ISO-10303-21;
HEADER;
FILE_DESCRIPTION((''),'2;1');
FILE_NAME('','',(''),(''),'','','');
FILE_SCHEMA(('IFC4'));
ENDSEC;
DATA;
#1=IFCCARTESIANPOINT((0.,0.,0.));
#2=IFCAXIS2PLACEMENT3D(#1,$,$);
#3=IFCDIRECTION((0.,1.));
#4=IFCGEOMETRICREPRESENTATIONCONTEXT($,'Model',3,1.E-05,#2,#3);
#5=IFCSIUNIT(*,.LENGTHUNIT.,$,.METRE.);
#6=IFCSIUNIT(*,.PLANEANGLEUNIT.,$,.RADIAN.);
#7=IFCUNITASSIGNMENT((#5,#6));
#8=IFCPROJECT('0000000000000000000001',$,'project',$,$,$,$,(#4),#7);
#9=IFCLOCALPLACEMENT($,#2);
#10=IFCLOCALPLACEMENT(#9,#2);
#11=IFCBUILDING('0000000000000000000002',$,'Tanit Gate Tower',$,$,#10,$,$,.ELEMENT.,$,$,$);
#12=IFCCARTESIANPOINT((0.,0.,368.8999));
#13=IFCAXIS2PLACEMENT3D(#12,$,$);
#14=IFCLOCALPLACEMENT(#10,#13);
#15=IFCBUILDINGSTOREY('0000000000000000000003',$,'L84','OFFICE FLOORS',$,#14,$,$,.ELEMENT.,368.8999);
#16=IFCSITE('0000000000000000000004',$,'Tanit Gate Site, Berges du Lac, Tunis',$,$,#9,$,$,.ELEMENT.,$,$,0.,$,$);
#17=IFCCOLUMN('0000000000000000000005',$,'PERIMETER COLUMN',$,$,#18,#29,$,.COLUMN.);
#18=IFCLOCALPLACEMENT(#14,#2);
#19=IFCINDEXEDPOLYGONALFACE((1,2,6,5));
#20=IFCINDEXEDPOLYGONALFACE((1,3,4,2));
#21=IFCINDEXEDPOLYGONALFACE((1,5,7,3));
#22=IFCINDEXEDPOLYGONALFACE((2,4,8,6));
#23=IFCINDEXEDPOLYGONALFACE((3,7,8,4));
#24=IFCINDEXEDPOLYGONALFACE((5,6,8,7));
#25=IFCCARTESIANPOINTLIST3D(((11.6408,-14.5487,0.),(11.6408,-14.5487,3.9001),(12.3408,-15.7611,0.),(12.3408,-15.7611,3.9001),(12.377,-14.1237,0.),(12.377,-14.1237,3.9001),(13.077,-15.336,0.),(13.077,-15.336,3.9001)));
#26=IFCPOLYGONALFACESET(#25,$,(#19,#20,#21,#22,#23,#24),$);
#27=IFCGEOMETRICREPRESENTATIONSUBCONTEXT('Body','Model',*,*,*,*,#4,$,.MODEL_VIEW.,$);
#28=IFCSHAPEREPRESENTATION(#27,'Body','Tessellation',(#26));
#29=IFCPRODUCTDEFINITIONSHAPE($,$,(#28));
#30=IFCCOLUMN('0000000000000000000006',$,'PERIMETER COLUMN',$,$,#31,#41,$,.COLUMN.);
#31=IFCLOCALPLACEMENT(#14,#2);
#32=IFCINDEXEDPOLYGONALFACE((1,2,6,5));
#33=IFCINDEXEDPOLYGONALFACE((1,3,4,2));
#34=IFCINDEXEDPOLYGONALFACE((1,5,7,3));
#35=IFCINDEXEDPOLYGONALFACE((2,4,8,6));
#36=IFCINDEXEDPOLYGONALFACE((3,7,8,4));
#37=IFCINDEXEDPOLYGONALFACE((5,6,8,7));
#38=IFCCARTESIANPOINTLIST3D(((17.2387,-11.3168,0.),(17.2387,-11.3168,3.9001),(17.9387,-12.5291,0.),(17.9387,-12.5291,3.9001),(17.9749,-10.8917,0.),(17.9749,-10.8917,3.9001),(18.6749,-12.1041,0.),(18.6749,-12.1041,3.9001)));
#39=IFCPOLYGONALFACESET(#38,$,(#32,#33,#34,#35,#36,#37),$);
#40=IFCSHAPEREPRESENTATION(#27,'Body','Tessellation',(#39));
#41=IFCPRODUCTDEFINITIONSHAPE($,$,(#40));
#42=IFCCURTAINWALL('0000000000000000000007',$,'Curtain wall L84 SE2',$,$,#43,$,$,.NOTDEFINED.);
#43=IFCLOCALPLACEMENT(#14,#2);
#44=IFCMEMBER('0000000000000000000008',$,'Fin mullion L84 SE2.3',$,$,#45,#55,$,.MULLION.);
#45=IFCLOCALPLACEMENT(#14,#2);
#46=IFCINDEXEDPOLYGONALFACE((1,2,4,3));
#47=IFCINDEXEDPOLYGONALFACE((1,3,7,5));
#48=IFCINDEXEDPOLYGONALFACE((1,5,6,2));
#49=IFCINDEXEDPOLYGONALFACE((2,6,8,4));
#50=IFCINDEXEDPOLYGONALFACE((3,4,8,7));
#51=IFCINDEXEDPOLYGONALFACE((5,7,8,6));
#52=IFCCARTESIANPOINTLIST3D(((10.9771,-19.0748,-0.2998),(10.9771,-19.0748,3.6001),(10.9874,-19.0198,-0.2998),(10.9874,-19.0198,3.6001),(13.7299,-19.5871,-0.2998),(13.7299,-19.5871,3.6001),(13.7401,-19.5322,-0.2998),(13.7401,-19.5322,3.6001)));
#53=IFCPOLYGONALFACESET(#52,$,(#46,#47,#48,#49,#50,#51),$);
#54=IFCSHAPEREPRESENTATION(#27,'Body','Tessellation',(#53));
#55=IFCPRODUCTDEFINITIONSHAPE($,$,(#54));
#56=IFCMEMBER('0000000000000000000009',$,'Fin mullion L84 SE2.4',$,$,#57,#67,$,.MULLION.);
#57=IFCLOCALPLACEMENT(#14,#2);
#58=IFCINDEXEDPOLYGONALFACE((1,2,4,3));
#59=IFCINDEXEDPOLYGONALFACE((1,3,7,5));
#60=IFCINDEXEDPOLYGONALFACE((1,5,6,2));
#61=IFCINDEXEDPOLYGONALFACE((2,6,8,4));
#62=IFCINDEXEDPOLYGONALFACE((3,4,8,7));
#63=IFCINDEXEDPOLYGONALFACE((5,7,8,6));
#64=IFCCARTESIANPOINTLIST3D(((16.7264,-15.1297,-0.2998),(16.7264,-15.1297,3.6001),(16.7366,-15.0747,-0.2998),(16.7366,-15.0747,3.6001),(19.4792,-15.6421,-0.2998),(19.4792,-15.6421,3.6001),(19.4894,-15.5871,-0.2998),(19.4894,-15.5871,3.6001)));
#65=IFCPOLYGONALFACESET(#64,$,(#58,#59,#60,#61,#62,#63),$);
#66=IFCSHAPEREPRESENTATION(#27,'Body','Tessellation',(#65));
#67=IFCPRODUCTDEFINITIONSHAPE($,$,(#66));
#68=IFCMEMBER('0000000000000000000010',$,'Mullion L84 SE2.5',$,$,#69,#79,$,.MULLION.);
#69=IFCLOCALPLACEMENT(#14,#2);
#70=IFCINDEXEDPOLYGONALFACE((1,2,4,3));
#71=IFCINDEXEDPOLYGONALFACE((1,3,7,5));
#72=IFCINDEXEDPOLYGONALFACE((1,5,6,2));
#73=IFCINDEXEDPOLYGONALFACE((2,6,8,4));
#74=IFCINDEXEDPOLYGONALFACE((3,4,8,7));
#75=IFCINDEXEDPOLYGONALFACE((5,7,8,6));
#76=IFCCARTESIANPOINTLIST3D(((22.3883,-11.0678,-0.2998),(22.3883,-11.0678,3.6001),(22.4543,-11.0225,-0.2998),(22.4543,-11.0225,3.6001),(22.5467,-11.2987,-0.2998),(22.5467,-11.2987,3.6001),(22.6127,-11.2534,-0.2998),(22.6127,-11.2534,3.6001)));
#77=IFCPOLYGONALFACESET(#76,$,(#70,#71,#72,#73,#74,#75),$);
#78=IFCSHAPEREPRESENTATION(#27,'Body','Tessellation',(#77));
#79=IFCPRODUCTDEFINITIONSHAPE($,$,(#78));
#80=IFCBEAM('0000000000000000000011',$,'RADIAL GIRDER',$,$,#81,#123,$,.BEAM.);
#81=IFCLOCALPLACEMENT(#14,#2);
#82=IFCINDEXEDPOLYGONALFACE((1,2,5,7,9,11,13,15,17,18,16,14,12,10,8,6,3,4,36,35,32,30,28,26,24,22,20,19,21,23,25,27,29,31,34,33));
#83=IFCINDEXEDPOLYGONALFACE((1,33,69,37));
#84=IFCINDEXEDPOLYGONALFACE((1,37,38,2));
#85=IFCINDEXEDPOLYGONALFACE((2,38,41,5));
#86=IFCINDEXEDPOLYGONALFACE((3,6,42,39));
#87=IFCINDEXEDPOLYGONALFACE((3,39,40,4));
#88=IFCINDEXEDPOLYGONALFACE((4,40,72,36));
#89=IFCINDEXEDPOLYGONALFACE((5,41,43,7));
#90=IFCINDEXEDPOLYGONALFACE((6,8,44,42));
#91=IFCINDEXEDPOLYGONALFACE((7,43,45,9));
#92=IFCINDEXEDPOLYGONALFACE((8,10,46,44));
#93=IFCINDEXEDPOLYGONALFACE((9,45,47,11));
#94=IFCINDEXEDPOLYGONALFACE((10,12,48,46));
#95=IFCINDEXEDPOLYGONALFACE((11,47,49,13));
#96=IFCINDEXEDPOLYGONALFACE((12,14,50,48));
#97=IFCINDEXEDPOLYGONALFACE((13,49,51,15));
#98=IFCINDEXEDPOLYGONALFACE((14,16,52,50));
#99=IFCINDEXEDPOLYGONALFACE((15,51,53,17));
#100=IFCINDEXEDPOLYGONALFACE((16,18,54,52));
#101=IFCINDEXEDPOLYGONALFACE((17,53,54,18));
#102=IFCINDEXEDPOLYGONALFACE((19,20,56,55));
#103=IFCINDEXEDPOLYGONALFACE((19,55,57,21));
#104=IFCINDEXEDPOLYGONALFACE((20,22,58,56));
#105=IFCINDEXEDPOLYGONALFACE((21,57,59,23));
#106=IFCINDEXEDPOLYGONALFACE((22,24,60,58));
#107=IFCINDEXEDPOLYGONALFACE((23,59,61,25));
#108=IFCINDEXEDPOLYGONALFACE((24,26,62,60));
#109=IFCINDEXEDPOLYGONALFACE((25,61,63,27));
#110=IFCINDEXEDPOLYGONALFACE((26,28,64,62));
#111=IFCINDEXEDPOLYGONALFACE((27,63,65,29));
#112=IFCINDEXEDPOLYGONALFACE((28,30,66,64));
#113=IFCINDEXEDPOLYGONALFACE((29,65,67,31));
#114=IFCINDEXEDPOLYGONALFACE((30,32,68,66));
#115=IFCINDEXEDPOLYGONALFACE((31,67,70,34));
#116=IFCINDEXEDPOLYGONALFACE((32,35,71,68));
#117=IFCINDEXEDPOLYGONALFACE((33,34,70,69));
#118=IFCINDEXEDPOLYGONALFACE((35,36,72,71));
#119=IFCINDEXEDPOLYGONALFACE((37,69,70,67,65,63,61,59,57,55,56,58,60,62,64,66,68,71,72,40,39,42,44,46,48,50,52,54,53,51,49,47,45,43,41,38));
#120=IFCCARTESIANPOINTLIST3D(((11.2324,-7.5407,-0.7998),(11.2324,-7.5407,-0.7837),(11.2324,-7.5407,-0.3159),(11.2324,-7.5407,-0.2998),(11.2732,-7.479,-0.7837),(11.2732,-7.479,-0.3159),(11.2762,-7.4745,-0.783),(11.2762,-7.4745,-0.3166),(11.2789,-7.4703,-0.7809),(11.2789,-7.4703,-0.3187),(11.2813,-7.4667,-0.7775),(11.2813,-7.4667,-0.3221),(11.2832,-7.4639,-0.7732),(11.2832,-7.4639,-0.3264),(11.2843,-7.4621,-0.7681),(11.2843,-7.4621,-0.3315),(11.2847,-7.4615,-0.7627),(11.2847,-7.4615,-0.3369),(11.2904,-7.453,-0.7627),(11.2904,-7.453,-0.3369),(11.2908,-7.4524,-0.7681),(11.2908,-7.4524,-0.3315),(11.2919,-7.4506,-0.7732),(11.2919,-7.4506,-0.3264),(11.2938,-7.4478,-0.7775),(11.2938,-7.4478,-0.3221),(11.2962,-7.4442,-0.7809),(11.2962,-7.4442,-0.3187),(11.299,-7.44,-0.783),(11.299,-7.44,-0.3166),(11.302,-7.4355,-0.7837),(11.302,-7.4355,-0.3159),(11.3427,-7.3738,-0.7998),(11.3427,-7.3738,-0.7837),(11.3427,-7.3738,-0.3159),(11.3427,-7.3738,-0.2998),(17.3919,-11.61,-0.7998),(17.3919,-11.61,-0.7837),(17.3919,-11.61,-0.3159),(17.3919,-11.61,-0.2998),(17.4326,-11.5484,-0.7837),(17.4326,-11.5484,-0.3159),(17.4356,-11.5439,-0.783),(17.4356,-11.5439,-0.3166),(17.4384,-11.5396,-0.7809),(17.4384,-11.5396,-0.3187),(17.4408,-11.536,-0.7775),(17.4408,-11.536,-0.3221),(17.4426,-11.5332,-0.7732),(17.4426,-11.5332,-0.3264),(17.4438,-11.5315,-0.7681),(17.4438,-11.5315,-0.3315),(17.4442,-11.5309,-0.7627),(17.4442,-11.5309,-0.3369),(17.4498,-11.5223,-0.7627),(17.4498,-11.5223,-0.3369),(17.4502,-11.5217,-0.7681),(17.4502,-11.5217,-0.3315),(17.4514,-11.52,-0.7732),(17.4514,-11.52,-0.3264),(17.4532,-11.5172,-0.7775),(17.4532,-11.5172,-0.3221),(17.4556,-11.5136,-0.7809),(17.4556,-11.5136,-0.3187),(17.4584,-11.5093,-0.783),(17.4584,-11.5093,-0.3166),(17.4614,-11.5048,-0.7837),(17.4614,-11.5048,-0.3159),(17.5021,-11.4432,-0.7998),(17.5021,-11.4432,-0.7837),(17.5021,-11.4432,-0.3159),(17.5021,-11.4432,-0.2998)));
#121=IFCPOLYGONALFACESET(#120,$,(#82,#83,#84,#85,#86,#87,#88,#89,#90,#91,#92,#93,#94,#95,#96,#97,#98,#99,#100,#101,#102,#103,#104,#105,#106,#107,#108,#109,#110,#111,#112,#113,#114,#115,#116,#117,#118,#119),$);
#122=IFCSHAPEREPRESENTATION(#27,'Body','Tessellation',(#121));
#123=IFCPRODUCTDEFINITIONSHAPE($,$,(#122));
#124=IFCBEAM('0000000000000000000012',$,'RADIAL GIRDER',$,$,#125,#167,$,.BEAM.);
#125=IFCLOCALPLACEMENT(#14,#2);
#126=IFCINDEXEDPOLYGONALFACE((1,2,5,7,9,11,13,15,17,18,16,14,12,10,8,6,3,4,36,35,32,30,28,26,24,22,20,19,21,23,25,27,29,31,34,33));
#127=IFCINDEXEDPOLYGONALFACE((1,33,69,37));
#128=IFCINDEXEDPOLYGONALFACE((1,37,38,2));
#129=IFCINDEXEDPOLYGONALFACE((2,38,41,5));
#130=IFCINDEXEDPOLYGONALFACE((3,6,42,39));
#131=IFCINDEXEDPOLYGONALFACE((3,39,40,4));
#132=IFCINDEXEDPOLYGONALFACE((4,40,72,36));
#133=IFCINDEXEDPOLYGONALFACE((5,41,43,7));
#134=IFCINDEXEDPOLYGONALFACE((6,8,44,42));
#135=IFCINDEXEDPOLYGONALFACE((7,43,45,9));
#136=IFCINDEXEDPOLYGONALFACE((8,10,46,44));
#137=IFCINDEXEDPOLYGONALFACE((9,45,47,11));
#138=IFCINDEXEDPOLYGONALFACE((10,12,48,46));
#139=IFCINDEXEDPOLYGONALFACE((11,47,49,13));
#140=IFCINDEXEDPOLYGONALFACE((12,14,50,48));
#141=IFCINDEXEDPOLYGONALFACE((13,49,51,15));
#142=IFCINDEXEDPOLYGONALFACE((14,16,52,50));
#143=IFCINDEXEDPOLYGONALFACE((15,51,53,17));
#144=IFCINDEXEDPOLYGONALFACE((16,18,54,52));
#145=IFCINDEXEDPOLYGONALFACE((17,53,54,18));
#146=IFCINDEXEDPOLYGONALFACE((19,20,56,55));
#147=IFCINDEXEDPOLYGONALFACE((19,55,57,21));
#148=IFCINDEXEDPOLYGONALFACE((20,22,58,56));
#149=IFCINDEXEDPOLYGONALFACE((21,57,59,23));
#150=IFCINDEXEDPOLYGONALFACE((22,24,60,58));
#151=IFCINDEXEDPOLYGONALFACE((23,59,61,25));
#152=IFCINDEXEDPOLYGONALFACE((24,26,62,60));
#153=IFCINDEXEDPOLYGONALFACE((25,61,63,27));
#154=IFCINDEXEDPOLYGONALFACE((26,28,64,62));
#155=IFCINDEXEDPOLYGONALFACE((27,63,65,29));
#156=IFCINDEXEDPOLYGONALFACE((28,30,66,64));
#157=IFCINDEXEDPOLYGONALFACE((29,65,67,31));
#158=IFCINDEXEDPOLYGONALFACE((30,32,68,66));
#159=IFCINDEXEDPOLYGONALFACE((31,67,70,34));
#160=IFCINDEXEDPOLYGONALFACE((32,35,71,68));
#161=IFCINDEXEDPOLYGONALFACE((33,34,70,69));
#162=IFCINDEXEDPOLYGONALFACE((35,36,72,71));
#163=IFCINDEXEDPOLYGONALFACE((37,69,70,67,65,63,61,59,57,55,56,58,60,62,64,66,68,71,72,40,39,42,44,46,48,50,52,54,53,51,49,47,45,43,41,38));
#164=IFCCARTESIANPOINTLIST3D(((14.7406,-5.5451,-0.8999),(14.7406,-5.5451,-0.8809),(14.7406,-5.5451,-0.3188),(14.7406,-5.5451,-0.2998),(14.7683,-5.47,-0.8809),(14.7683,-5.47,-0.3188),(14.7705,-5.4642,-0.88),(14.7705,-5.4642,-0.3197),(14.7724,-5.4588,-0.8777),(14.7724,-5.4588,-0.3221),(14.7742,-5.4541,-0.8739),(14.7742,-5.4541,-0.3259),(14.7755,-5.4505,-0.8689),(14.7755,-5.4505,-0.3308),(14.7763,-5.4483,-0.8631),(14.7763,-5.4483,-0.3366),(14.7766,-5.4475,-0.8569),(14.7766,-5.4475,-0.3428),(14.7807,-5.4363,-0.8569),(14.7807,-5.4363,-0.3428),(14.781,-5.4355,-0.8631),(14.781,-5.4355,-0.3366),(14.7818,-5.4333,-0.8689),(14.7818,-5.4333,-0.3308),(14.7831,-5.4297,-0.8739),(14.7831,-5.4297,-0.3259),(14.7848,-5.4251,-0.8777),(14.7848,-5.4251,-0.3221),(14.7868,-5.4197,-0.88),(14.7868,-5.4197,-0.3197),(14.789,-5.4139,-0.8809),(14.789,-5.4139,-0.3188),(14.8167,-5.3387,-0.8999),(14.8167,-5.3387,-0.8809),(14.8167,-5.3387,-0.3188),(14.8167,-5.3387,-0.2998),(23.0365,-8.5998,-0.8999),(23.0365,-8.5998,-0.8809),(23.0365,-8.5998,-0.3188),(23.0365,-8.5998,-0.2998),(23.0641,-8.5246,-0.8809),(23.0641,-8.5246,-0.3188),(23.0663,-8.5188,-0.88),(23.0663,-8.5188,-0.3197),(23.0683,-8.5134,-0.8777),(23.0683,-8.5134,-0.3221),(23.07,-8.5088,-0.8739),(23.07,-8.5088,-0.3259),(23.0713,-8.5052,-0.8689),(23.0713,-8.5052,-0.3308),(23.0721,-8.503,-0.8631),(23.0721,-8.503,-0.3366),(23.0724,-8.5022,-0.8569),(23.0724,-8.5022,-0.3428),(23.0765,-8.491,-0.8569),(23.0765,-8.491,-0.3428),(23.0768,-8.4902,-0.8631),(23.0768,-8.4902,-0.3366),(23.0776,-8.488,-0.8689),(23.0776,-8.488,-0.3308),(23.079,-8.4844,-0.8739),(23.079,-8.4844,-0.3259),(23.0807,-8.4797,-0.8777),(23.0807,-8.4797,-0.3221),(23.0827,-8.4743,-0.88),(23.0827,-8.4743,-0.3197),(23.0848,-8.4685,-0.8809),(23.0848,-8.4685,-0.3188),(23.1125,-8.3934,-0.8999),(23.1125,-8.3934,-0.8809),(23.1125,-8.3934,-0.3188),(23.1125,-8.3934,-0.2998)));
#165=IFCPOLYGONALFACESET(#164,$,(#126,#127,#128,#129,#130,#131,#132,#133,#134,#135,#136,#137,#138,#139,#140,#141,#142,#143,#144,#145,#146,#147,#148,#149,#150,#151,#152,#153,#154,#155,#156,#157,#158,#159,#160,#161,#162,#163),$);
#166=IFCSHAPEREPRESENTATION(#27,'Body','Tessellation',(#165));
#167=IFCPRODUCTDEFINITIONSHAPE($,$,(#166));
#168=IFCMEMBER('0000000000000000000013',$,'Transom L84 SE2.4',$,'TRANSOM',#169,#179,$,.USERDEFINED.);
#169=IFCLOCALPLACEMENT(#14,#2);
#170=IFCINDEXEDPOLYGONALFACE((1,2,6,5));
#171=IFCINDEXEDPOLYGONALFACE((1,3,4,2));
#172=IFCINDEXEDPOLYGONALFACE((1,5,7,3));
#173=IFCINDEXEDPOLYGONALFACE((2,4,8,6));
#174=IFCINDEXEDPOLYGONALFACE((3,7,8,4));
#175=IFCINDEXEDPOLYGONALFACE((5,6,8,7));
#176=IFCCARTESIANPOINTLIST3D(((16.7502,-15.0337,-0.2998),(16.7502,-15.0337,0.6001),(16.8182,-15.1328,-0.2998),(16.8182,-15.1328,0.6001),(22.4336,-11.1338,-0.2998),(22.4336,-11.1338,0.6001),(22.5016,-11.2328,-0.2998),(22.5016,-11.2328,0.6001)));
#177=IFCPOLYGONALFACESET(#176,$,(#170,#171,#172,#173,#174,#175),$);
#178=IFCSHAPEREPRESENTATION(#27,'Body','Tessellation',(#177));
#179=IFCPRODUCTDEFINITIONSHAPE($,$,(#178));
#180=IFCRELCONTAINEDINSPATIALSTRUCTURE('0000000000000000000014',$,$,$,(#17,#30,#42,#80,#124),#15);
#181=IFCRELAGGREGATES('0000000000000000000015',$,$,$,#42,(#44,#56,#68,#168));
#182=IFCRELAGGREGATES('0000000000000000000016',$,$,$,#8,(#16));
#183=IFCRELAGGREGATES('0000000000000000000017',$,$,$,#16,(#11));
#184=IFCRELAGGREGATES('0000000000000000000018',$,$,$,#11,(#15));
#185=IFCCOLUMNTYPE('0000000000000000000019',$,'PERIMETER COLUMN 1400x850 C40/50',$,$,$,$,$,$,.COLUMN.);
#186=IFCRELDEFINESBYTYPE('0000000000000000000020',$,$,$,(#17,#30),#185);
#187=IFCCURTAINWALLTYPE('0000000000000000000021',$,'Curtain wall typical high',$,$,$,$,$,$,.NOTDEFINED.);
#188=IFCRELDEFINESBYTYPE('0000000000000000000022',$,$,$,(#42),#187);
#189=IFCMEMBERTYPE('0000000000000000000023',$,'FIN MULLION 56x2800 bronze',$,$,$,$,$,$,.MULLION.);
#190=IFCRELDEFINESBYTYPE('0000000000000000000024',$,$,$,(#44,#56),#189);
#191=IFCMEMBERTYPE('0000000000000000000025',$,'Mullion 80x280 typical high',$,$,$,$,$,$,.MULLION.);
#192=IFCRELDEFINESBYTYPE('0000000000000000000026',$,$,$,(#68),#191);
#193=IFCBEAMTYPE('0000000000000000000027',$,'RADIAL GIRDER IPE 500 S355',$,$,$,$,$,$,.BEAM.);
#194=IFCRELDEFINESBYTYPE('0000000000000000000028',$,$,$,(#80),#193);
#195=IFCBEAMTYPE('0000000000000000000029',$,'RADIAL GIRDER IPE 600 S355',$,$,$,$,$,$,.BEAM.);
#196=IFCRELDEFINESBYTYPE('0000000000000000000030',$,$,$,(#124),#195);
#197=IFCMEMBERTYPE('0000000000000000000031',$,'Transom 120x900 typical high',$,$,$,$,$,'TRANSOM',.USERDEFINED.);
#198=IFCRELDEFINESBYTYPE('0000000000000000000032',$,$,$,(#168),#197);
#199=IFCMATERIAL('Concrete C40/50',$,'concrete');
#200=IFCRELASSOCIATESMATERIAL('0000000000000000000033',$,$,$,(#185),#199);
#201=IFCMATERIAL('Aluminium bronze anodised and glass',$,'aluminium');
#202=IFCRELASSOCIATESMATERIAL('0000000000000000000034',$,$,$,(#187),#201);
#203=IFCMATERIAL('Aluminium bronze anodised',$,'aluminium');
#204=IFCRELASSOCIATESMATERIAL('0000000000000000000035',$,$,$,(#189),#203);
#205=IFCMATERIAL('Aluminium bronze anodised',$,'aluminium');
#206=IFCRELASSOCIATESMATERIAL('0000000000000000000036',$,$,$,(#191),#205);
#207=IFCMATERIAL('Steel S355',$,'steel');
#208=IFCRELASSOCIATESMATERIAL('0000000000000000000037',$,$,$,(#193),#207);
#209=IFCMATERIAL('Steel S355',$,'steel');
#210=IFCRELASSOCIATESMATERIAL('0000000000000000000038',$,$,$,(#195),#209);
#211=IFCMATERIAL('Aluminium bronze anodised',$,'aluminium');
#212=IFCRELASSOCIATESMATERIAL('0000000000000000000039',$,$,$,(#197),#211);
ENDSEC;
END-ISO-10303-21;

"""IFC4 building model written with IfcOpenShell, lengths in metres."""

from ifc_helpers import new_model, si_unit, direction, frame, origin, origin_2d, place, context, subcontext, project, spatial, rectangle, i_section, extrude, material, material_profile, profile_set, type_object, element, aggregate, save


model = new_model("IFC4")

# Units and contexts
model_context = context("Model", 3, precision=1e-05, world=origin(), true_north=direction((0.0, 1.0)))
body_context = subcontext(model_context, "Body", "Model", "MODEL_VIEW")
ifc_project = project(units=[si_unit("LENGTHUNIT", "METRE"), si_unit("PLANEANGLEUNIT", "RADIAN")], contexts=[model_context])

# Site, building, storey
site_placement = place(None, origin())
site = spatial("IfcSite", under=ifc_project, at=site_placement, Name="Tanit Gate Site, Berges du Lac, Tunis", CompositionType="ELEMENT", RefElevation=0.0)
building_placement = place(site_placement, origin())
building = spatial("IfcBuilding", under=site, at=building_placement, Name="Tanit Gate Tower", CompositionType="ELEMENT")
storey_placement = place(building_placement, frame((0.0, 0.0, 368.8999)))
storey = spatial("IfcBuildingStorey", under=building, at=storey_placement, Name="L84", Description="OFFICE FLOORS", CompositionType="ELEMENT", Elevation=368.8999)

# Columns
ifc_material_1 = material(Name="Concrete C40/50", Category="concrete")
ifc_material_profile_1 = material_profile(ifc_material_1, rectangle(XDim=1.3999, YDim=0.8501, at=origin_2d()), Name="RC 1400x850")
ifc_profile_set_1 = profile_set([ifc_material_profile_1], Name="Concrete C40/50")
column_type = type_object("IfcColumnType", Name="PERIMETER COLUMN 1400x850 C40/50", PredefinedType="COLUMN", material=ifc_profile_set_1)
for number, where, z_axis, x_axis, name in (
    (1, (12.3589, -14.9424, 0.0), (0.0, 0.0, 1.0), (0.5, -0.866025, 0.0), "PERIMETER COLUMN"),
    (2, (17.9568, -11.7104, 0.0), (0.0, 0.0, 1.0), (0.5, -0.866025, 0.0), "PERIMETER COLUMN"),
):
    element("IfcColumn", number, at=place(storey_placement, frame(where, z_axis=z_axis, x_axis=x_axis)), inside=storey, type_object=column_type, Name=name, PredefinedType="COLUMN", context=body_context, shape_type="SweptSolid", body=[
        extrude(rectangle(XDim=1.3999, YDim=0.8501, at=origin_2d()), origin(), (0.0, 0.0, 1.0), 3.9001),
    ])

# Curtain wall, members
ifc_material_2 = material(Name="Aluminium bronze anodised and glass", Category="aluminium")
curtain_wall_type = type_object("IfcCurtainWallType", Name="Curtain wall typical high", PredefinedType="NOTDEFINED", material=ifc_material_2)
curtain_wall_1_placement = place(storey_placement, origin())
curtain_wall_1 = element("IfcCurtainWall", 3, at=curtain_wall_1_placement, inside=storey, type_object=curtain_wall_type, Name="Curtain wall L84 SE2", PredefinedType="NOTDEFINED")
ifc_material_3 = material(Name="Aluminium bronze anodised", Category="aluminium")
ifc_material_profile_2 = material_profile(ifc_material_3, rectangle(XDim=2.8, YDim=0.0559, at=origin_2d()), Name="56x2800 bronze fin mullion")
ifc_profile_set_2 = profile_set([ifc_material_profile_2], Name="Aluminium bronze anodised")
member_type_1 = type_object("IfcMemberType", Name="FIN MULLION 56x2800 bronze", PredefinedType="MULLION", material=ifc_profile_set_2)
member_1_placement = place(storey_placement, frame((12.3586, -19.3035, -0.2998), z_axis=(0.0, 0.0, 1.0), x_axis=(-0.983116, 0.182983, 0.0)))
member_1 = element("IfcMember", 4, at=member_1_placement, type_object=member_type_1, Name="Fin mullion L84 SE2.3", PredefinedType="MULLION", context=body_context, shape_type="SweptSolid", body=[
    extrude(rectangle(XDim=2.8, YDim=0.0559, at=origin_2d()), origin(), (0.0, 0.0, 1.0), 3.8999),
])
member_2_placement = place(storey_placement, frame((18.1079, -15.3584, -0.2998), z_axis=(0.0, 0.0, 1.0), x_axis=(-0.983116, 0.182983, 0.0)))
member_2 = element("IfcMember", 5, at=member_2_placement, type_object=member_type_1, Name="Fin mullion L84 SE2.4", PredefinedType="MULLION", context=body_context, shape_type="SweptSolid", body=[
    extrude(rectangle(XDim=2.8, YDim=0.0559, at=origin_2d()), origin(), (0.0, 0.0, 1.0), 3.8999),
])
ifc_material_4 = material(Name="Aluminium bronze anodised", Category="aluminium")
ifc_material_profile_3 = material_profile(ifc_material_4, rectangle(XDim=0.28, YDim=0.0801, at=origin_2d()), Name="80x280 bronze mullion")
ifc_profile_set_3 = profile_set([ifc_material_profile_3], Name="Aluminium bronze anodised")
member_type_2 = type_object("IfcMemberType", Name="Mullion 80x280 typical high", PredefinedType="MULLION", material=ifc_profile_set_3)
member_3_placement = place(storey_placement, frame((22.5005, -11.1606, -0.2998), z_axis=(0.0, 0.0, 1.0), x_axis=(-0.56578, 0.824557, 0.0)))
member_3 = element("IfcMember", 6, at=member_3_placement, type_object=member_type_2, Name="Mullion L84 SE2.5", PredefinedType="MULLION", context=body_context, shape_type="SweptSolid", body=[
    extrude(rectangle(XDim=0.28, YDim=0.0801, at=origin_2d()), origin(), (0.0, 0.0, 1.0), 3.8999),
])

# Beams
ifc_material_5 = material(Name="Steel S355", Category="steel")
ifc_material_profile_4 = material_profile(ifc_material_5, i_section(OverallWidth=0.2, OverallDepth=0.5, WebThickness=0.0103, FlangeThickness=0.0161, FilletRadius=0.021, at=origin_2d()), Name="IPE 500")
ifc_profile_set_4 = profile_set([ifc_material_profile_4], Name="Steel S355")
beam_type_1 = type_object("IfcBeamType", Name="RADIAL GIRDER IPE 500 S355", PredefinedType="BEAM", material=ifc_profile_set_4)
beam_1_placement = place(storey_placement, frame((17.447, -11.5266, -0.5498), z_axis=(-0.834353, 0.551231, 0.0), x_axis=(-0.551231, -0.834353, 0.0)))
element("IfcBeam", 7, at=beam_1_placement, inside=storey, type_object=beam_type_1, Name="RADIAL GIRDER", PredefinedType="BEAM", context=body_context, shape_type="SweptSolid", body=[
    extrude(i_section(OverallWidth=0.2, OverallDepth=0.5, WebThickness=0.0103, FlangeThickness=0.0161, FilletRadius=0.021, at=origin_2d()), origin(), (0.0, 0.0, 1.0), 7.3823),
])
ifc_material_6 = material(Name="Steel S355", Category="steel")
ifc_material_profile_5 = material_profile(ifc_material_6, i_section(OverallWidth=0.22, OverallDepth=0.6001, WebThickness=0.012, FlangeThickness=0.019, FilletRadius=0.0239, at=origin_2d()), Name="IPE 600")
ifc_profile_set_5 = profile_set([ifc_material_profile_5], Name="Steel S355")
beam_type_2 = type_object("IfcBeamType", Name="RADIAL GIRDER IPE 600 S355", PredefinedType="BEAM", material=ifc_profile_set_5)
beam_2_placement = place(storey_placement, frame((23.0745, -8.4966, -0.5999), z_axis=(-0.938405, 0.345536, 0.0), x_axis=(-0.345536, -0.938405, 0.0)))
element("IfcBeam", 8, at=beam_2_placement, inside=storey, type_object=beam_type_2, Name="RADIAL GIRDER", PredefinedType="BEAM", context=body_context, shape_type="SweptSolid", body=[
    extrude(i_section(OverallWidth=0.22, OverallDepth=0.6001, WebThickness=0.012, FlangeThickness=0.019, FilletRadius=0.0239, at=origin_2d()), origin(), (0.0, 0.0, 1.0), 8.8403),
])

# Member
ifc_material_7 = material(Name="Aluminium bronze anodised", Category="aluminium")
ifc_material_profile_6 = material_profile(ifc_material_7, rectangle(XDim=0.1201, YDim=0.8999, at=origin_2d()), Name="120x900 bronze transom")
ifc_profile_set_6 = profile_set([ifc_material_profile_6], Name="Aluminium bronze anodised")
member_type_3 = type_object("IfcMemberType", Name="Transom 120x900 typical high", ElementType="TRANSOM", PredefinedType="USERDEFINED", material=ifc_profile_set_6)
member_4_placement = place(storey_placement, frame((16.7842, -15.0833, 0.1501), z_axis=(0.824543, 0.5658, 0.0), x_axis=(-0.5658, 0.824543, 0.0)))
member_4 = element("IfcMember", 9, at=member_4_placement, type_object=member_type_3, Name="Transom L84 SE2.4", ObjectType="TRANSOM", PredefinedType="USERDEFINED", context=body_context, shape_type="SweptSolid", body=[
    extrude(rectangle(XDim=0.1201, YDim=0.8999, at=origin_2d()), origin(), (0.0, 0.0, 1.0), 6.8928),
])

aggregate(curtain_wall_1, [member_1, member_2, member_3, member_4])

save(model, "model.ifc")
